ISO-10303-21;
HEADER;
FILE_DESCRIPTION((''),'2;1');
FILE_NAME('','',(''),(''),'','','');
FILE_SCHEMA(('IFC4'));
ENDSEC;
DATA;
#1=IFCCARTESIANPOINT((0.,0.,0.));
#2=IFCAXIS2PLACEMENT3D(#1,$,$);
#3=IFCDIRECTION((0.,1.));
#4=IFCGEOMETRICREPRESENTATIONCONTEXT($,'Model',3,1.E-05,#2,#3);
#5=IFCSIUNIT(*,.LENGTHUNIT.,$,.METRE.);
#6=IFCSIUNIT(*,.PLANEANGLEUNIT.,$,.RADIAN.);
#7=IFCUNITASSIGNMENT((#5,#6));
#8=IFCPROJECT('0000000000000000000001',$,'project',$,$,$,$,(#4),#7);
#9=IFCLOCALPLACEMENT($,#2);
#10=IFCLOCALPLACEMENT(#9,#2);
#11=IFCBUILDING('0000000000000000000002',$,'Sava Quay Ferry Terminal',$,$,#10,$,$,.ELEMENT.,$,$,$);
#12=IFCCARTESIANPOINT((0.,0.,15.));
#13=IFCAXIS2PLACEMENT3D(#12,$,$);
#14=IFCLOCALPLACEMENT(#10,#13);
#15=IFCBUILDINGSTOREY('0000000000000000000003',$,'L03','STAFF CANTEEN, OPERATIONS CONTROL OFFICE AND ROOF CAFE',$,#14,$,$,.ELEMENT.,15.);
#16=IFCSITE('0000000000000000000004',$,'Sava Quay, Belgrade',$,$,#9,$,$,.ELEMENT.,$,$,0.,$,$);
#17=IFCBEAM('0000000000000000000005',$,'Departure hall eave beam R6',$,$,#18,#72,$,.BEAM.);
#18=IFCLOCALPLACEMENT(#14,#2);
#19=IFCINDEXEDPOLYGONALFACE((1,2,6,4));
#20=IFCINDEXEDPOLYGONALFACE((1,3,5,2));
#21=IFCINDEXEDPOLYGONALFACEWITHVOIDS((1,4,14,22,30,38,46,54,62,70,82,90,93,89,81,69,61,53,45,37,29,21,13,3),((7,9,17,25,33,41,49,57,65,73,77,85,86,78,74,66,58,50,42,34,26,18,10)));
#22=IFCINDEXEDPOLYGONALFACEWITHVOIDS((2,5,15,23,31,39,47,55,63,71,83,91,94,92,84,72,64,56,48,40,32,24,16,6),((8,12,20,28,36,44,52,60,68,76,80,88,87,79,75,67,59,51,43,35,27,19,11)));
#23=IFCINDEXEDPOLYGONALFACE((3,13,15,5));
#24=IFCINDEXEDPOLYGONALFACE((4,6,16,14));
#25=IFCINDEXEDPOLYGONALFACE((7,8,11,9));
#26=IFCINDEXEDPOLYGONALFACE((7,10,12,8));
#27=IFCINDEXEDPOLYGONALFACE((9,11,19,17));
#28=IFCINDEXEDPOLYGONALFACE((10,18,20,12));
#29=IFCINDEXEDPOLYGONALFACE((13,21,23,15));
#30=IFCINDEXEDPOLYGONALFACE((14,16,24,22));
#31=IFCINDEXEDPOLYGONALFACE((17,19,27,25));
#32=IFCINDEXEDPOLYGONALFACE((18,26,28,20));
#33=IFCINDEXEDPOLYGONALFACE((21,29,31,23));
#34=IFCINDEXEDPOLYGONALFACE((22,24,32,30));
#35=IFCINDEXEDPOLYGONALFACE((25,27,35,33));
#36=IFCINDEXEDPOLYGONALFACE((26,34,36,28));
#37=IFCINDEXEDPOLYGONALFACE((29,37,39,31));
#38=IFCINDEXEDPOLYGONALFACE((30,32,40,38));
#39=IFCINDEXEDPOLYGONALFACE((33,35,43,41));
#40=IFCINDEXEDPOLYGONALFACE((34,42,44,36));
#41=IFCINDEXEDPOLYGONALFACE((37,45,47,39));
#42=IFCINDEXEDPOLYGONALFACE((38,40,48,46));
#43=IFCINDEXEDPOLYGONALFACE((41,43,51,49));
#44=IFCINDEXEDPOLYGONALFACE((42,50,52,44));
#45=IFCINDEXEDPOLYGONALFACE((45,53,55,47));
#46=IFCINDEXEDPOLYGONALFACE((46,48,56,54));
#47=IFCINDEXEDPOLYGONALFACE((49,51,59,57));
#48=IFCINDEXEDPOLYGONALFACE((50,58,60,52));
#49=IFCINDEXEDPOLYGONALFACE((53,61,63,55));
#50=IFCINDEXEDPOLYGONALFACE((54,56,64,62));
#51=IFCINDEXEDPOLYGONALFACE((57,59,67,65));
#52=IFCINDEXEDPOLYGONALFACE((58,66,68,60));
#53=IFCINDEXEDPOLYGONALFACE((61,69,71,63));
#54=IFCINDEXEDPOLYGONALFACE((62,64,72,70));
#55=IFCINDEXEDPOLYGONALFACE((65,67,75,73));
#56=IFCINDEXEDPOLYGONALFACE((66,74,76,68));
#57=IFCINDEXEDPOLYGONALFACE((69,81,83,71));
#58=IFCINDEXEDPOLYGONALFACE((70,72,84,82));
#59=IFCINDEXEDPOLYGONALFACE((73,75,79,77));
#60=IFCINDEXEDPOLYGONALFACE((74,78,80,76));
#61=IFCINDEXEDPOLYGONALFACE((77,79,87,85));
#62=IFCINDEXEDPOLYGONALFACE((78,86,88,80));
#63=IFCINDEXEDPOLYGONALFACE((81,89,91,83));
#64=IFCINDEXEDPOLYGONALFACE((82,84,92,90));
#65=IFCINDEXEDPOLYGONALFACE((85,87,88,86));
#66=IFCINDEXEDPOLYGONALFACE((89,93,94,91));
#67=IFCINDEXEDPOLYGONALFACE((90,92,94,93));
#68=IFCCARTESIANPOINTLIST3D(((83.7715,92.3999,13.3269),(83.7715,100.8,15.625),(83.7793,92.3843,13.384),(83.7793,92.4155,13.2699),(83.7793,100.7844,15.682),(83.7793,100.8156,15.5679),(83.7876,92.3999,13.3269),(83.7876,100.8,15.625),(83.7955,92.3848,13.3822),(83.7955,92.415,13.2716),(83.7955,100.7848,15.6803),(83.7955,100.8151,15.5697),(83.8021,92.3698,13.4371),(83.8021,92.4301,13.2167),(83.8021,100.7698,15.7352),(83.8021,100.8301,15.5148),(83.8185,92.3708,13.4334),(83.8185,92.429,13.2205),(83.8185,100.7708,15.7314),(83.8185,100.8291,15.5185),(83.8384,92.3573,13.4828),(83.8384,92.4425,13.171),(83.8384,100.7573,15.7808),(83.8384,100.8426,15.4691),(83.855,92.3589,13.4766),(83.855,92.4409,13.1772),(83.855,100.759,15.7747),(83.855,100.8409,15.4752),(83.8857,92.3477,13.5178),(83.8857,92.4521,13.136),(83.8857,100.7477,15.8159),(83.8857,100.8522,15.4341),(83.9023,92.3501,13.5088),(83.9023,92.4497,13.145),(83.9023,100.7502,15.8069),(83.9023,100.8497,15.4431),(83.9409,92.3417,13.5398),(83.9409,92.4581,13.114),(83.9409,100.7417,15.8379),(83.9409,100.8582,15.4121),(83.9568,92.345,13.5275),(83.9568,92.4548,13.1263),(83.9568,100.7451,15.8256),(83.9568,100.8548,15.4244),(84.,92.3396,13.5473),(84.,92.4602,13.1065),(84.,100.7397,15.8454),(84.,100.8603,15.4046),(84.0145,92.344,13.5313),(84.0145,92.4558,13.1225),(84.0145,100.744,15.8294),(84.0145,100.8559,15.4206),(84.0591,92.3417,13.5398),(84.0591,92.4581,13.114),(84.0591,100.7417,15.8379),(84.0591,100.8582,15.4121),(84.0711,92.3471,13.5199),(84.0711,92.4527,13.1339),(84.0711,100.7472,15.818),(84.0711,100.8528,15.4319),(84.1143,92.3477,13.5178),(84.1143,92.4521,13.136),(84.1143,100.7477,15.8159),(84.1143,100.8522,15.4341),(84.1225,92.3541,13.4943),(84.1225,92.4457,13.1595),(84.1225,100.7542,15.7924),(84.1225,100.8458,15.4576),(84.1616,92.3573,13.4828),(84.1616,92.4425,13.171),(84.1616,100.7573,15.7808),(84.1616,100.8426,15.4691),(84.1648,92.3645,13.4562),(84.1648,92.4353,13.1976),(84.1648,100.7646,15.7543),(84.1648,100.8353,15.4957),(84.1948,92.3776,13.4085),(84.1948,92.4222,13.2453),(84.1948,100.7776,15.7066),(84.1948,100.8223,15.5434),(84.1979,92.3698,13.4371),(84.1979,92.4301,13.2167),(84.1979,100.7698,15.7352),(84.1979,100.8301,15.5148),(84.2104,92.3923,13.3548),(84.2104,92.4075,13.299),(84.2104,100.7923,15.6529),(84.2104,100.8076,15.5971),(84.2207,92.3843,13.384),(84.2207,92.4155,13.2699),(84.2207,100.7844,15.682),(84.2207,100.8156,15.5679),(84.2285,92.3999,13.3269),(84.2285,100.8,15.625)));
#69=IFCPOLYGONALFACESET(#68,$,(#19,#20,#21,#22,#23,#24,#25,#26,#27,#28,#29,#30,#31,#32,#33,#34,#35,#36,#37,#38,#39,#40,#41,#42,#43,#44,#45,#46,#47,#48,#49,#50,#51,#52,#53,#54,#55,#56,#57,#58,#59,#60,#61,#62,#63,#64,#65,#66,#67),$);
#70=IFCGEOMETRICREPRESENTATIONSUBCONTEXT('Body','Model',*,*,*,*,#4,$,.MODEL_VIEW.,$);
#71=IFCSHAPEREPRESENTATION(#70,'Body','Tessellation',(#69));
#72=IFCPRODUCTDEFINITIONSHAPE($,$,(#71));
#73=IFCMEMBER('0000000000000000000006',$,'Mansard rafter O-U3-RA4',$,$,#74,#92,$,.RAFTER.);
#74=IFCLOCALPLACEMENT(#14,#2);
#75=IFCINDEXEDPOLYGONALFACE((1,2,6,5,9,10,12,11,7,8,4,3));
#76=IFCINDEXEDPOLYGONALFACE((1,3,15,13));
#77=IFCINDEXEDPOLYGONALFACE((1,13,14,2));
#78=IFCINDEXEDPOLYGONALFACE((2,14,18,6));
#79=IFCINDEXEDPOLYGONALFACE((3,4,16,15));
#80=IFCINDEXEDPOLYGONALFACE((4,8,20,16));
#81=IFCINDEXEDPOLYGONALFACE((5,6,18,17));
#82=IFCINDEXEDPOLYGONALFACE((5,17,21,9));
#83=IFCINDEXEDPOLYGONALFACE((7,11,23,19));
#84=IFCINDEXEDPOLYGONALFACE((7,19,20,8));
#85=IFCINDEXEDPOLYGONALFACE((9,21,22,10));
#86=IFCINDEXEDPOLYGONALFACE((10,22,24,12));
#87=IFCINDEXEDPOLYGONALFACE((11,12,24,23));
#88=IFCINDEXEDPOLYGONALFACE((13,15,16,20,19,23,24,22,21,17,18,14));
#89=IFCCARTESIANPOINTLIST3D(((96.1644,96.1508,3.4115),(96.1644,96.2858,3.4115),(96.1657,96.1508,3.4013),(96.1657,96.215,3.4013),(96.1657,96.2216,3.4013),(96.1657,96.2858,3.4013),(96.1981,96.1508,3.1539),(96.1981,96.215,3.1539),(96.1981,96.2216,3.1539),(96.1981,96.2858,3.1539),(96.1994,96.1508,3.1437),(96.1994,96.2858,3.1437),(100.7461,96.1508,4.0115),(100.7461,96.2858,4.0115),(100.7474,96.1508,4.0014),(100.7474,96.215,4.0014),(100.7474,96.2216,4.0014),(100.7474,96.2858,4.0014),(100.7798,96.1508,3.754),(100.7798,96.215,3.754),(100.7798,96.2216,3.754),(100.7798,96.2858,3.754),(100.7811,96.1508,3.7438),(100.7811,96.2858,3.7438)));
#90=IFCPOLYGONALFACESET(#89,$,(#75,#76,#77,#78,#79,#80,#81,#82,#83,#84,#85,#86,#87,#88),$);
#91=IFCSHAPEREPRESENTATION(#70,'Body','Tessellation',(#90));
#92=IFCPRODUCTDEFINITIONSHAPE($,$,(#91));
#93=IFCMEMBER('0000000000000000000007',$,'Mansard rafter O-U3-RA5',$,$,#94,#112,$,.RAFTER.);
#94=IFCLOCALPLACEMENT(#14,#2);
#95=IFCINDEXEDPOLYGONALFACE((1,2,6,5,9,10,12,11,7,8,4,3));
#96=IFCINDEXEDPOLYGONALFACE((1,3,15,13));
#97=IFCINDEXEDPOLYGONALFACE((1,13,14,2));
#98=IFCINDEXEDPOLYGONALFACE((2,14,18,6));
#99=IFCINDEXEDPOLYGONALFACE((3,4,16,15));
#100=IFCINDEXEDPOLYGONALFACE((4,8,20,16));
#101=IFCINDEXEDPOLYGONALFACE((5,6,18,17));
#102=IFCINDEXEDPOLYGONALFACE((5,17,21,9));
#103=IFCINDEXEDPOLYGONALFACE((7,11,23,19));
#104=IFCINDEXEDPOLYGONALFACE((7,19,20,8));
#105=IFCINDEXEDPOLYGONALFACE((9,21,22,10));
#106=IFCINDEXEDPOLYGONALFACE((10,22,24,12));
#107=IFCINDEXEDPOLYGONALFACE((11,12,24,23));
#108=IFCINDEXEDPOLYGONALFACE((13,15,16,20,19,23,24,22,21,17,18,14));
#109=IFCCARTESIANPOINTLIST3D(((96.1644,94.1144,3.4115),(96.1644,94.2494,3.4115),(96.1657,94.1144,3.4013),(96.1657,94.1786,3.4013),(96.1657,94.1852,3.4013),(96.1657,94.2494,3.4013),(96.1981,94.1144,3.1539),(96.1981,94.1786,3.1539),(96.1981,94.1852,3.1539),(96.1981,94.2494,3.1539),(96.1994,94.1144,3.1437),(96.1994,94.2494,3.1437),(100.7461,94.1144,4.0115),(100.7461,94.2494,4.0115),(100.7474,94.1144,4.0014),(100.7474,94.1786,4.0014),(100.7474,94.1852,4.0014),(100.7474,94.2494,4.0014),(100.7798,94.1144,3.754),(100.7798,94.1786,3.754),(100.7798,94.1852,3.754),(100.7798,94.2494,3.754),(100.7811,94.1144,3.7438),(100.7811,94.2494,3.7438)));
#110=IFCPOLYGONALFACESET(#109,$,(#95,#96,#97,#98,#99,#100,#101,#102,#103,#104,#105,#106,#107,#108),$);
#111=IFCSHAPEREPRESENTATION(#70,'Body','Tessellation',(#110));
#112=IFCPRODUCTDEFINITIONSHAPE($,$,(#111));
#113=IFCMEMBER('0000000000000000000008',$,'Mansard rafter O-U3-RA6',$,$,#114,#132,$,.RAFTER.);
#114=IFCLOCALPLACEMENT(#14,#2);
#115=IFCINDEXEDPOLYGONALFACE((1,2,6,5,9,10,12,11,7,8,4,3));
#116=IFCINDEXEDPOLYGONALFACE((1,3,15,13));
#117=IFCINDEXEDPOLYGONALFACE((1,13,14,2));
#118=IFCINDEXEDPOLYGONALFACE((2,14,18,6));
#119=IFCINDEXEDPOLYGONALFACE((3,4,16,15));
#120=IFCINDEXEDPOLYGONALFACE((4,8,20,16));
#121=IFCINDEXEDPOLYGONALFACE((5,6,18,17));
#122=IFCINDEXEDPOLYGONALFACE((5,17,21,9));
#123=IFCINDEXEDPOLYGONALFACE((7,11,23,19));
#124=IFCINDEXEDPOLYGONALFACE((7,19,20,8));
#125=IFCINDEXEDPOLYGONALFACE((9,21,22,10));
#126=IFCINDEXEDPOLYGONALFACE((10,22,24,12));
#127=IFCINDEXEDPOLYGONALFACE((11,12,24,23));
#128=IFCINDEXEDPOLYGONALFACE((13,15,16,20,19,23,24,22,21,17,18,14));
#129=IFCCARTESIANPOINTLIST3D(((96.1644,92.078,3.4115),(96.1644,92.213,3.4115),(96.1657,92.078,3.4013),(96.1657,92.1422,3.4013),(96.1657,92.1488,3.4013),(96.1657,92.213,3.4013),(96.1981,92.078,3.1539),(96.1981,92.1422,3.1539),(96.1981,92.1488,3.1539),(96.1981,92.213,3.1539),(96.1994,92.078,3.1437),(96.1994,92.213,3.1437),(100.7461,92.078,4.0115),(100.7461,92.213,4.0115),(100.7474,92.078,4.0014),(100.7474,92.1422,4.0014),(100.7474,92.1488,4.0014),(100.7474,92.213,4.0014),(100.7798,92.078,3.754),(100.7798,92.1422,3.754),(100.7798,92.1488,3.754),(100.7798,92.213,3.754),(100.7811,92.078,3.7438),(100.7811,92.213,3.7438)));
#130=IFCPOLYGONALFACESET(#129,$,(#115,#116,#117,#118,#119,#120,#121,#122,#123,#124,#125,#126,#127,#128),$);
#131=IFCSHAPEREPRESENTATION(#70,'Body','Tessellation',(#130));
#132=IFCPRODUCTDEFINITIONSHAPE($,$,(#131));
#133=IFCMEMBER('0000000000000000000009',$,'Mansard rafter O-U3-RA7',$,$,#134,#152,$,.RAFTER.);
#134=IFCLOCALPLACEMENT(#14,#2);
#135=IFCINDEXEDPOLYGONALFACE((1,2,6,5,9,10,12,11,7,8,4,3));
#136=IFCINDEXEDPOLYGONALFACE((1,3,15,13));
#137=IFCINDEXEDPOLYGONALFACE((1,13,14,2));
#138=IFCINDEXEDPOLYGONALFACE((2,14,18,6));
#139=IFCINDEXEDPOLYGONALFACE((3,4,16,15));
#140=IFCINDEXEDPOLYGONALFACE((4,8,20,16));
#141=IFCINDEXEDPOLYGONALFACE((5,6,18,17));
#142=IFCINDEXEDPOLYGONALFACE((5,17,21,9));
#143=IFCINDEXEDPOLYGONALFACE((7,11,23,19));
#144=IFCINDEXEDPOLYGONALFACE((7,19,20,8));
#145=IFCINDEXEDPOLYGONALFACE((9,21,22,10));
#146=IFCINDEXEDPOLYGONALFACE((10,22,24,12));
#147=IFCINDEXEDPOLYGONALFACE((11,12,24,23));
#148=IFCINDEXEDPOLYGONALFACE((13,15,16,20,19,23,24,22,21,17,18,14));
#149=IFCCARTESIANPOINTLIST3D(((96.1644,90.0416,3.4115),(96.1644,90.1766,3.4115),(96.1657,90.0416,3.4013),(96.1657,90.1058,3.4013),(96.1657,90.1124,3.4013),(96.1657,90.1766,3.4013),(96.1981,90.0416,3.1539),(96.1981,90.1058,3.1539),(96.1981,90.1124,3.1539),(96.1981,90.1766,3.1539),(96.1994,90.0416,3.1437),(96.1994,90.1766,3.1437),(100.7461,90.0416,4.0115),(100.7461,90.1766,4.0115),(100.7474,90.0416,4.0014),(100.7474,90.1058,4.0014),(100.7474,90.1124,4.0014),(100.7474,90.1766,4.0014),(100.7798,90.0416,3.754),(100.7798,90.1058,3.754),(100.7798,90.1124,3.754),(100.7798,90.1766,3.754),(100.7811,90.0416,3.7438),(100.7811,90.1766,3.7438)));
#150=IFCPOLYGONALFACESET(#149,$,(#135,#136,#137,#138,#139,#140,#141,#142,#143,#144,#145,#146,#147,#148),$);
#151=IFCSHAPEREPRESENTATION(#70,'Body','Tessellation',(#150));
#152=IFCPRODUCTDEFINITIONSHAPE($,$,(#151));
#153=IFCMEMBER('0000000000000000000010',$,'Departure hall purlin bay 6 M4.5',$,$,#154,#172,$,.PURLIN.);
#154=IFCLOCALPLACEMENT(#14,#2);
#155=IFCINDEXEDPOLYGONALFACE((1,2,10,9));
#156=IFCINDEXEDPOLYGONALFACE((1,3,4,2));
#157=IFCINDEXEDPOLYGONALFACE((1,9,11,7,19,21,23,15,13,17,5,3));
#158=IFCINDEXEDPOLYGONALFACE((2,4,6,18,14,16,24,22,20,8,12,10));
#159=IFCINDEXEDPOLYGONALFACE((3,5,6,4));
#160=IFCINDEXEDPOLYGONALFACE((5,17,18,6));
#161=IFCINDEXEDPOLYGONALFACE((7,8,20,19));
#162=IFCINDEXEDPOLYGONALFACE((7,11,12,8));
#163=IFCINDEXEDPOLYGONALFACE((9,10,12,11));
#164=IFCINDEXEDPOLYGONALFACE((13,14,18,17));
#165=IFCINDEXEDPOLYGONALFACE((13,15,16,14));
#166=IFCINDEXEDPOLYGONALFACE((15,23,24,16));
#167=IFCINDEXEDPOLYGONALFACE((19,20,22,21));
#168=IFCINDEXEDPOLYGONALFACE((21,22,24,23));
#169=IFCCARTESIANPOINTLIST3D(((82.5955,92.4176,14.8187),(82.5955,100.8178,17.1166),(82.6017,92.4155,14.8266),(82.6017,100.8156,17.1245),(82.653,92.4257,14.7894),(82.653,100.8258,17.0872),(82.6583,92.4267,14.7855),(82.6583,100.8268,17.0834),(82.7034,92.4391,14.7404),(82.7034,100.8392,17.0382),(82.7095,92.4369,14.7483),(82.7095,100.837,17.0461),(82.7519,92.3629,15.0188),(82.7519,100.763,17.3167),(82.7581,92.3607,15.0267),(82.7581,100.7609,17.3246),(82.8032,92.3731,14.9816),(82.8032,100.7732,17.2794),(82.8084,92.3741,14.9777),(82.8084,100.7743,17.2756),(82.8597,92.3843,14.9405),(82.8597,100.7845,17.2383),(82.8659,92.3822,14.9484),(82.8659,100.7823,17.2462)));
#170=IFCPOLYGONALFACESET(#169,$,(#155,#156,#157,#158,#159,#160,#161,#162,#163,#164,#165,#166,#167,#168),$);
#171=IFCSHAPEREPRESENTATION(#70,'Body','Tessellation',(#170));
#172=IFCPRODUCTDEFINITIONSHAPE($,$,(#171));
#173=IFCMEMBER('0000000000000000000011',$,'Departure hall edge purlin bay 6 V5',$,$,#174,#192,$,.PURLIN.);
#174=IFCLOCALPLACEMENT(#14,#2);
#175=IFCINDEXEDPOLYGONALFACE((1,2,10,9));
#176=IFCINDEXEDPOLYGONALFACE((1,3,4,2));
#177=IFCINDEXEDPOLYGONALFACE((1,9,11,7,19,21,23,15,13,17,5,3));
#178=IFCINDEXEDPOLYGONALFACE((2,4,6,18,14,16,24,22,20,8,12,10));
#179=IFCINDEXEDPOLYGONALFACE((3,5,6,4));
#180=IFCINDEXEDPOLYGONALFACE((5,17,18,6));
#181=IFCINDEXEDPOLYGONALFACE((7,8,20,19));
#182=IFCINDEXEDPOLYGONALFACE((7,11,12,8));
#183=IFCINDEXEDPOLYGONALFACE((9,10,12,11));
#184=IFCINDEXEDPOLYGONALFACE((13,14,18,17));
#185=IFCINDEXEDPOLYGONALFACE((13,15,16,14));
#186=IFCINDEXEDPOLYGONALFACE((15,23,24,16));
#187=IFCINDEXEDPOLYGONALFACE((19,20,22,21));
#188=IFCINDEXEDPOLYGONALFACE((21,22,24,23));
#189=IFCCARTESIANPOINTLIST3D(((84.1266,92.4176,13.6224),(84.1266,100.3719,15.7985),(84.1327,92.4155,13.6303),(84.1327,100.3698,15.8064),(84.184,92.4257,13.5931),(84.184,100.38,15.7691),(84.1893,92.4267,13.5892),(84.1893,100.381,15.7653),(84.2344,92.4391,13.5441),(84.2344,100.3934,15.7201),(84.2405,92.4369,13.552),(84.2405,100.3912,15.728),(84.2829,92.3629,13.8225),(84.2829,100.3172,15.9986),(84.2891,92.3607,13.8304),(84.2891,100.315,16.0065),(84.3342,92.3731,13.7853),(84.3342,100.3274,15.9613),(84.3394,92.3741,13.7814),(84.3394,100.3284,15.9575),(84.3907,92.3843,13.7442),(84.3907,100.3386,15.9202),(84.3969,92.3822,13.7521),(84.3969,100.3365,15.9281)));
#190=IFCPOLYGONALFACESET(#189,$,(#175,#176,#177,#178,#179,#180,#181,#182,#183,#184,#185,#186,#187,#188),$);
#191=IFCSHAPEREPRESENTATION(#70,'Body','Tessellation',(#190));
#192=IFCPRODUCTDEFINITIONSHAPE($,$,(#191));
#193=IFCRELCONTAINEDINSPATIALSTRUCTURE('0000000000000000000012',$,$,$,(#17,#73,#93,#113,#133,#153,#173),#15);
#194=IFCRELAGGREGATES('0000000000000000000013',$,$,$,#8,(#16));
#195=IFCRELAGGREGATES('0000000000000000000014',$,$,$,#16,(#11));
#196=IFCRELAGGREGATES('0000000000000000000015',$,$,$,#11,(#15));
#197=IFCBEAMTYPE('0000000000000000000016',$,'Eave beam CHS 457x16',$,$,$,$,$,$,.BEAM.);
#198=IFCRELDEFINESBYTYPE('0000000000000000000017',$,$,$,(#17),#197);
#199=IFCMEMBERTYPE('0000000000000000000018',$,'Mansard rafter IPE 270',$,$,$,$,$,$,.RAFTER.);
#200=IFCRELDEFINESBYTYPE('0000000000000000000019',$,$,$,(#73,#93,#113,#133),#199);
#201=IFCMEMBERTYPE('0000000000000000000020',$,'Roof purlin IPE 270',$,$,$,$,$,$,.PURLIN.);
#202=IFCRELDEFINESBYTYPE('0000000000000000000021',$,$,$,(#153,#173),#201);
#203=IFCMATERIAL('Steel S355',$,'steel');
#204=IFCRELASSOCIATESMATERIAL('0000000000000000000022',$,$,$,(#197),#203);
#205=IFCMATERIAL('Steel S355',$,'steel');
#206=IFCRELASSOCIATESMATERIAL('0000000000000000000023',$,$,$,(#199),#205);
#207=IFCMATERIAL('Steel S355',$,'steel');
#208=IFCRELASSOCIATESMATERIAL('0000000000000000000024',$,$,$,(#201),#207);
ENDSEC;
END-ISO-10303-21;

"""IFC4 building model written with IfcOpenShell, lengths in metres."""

from ifc_helpers import new_model, si_unit, direction, frame, origin, origin_2d, place, context, subcontext, project, spatial, hollow_circle, i_section, extrude, material, material_profile, profile_set, type_object, element, save


model = new_model("IFC4")

# Units and contexts
model_context = context("Model", 3, precision=1e-05, world=origin(), true_north=direction((0.0, 1.0)))
body_context = subcontext(model_context, "Body", "Model", "MODEL_VIEW")
ifc_project = project(units=[si_unit("LENGTHUNIT", "METRE"), si_unit("PLANEANGLEUNIT", "RADIAN")], contexts=[model_context])

# Site, building, storey
site_placement = place(None, origin())
site = spatial("IfcSite", under=ifc_project, at=site_placement, Name="Sava Quay, Belgrade", CompositionType="ELEMENT", RefElevation=0.0)
building_placement = place(site_placement, origin())
building = spatial("IfcBuilding", under=site, at=building_placement, Name="Sava Quay Ferry Terminal", CompositionType="ELEMENT")
storey_placement = place(building_placement, frame((0.0, 0.0, 15.0)))
storey = spatial("IfcBuildingStorey", under=building, at=storey_placement, Name="L03", Description="STAFF CANTEEN, OPERATIONS CONTROL OFFICE AND ROOF CAFE", CompositionType="ELEMENT", Elevation=15.0)

# Beam
ifc_material_1 = material(Name="Steel S355", Category="steel")
ifc_material_profile_1 = material_profile(ifc_material_1, hollow_circle(Radius=0.2285, WallThickness=0.0161, at=origin_2d()), Name="CHS 457 x 16.0")
ifc_profile_set_1 = profile_set([ifc_material_profile_1], Name="Steel S355")
beam_type = type_object("IfcBeamType", Name="Eave beam CHS 457x16", PredefinedType="BEAM", material=ifc_profile_set_1)
beam_placement = place(storey_placement, frame((84.0, 92.3999, 13.3269), z_axis=(0.0, 0.964555, 0.263881), x_axis=(-1.0, 0.0, 0.0)))
element("IfcBeam", 1, at=beam_placement, inside=storey, type_object=beam_type, Name="Departure hall eave beam R6", PredefinedType="BEAM", context=body_context, shape_type="SweptSolid", body=[
    extrude(hollow_circle(Radius=0.2285, WallThickness=0.0161, at=origin_2d()), origin(), (0.0, 0.0, 1.0), 8.7087),
])

# Members
ifc_material_2 = material(Name="Steel S355", Category="steel")
ifc_material_profile_2 = material_profile(ifc_material_2, i_section(OverallWidth=0.135, OverallDepth=0.27, WebThickness=0.0066, FlangeThickness=0.0103, at=origin_2d()), Name="IPE 270")
ifc_profile_set_2 = profile_set([ifc_material_profile_2], Name="Steel S355")
member_type_1 = type_object("IfcMemberType", Name="Mansard rafter IPE 270", PredefinedType="RAFTER", material=ifc_profile_set_2)
for number, where, z_axis, x_axis, name in (
    (2, (96.1819, 96.2183, 3.2776), (0.991532, 0.0, 0.129865), (0.0, 1.0, 0.0), "Mansard rafter O-U3-RA4"),
    (3, (96.1819, 94.1819, 3.2776), (0.991532, 0.0, 0.129865), (0.0, 1.0, 0.0), "Mansard rafter O-U3-RA5"),
    (4, (96.1819, 92.1455, 3.2776), (0.991532, 0.0, 0.129865), (0.0, 1.0, 0.0), "Mansard rafter O-U3-RA6"),
    (5, (96.1819, 90.1091, 3.2776), (0.991532, 0.0, 0.129865), (0.0, 1.0, 0.0), "Mansard rafter O-U3-RA7"),
):
    element("IfcMember", number, at=place(storey_placement, frame(where, z_axis=z_axis, x_axis=x_axis)), inside=storey, type_object=member_type_1, Name=name, PredefinedType="RAFTER", context=body_context, shape_type="SweptSolid", body=[
        extrude(i_section(OverallWidth=0.135, OverallDepth=0.27, WebThickness=0.0066, FlangeThickness=0.0103, at=origin_2d()), origin(), (0.0, 0.0, 1.0), 4.6208),
    ])
ifc_material_3 = material(Name="Steel S355", Category="steel")
ifc_material_profile_3 = material_profile(ifc_material_3, i_section(OverallWidth=0.135, OverallDepth=0.27, WebThickness=0.0066, FlangeThickness=0.0103, at=origin_2d()), Name="IPE 270")
ifc_profile_set_3 = profile_set([ifc_material_profile_3], Name="Steel S355")
member_type_2 = type_object("IfcMemberType", Name="Roof purlin IPE 270", PredefinedType="PURLIN", material=ifc_profile_set_3)
member_1_placement = place(storey_placement, frame((82.7307, 92.3999, 14.8835), z_axis=(0.0, 0.964562, 0.263855), x_axis=(-0.79862, -0.158797, 0.580508)))
element("IfcMember", 6, at=member_1_placement, inside=storey, type_object=member_type_2, Name="Departure hall purlin bay 6 M4.5", PredefinedType="PURLIN", context=body_context, shape_type="SweptSolid", body=[
    extrude(i_section(OverallWidth=0.135, OverallDepth=0.27, WebThickness=0.0066, FlangeThickness=0.0103, at=origin_2d()), origin(), (0.0, 0.0, 1.0), 8.7087),
])
member_2_placement = place(storey_placement, frame((84.2617, 92.3999, 13.6873), z_axis=(0.0, 0.964559, 0.263869), x_axis=(-0.79862, -0.158806, 0.580506)))
element("IfcMember", 7, at=member_2_placement, inside=storey, type_object=member_type_2, Name="Departure hall edge purlin bay 6 V5", PredefinedType="PURLIN", context=body_context, shape_type="SweptSolid", body=[
    extrude(i_section(OverallWidth=0.135, OverallDepth=0.27, WebThickness=0.0066, FlangeThickness=0.0103, at=origin_2d()), origin(), (0.0, 0.0, 1.0), 8.2466),
])

save(model, "model.ifc")
